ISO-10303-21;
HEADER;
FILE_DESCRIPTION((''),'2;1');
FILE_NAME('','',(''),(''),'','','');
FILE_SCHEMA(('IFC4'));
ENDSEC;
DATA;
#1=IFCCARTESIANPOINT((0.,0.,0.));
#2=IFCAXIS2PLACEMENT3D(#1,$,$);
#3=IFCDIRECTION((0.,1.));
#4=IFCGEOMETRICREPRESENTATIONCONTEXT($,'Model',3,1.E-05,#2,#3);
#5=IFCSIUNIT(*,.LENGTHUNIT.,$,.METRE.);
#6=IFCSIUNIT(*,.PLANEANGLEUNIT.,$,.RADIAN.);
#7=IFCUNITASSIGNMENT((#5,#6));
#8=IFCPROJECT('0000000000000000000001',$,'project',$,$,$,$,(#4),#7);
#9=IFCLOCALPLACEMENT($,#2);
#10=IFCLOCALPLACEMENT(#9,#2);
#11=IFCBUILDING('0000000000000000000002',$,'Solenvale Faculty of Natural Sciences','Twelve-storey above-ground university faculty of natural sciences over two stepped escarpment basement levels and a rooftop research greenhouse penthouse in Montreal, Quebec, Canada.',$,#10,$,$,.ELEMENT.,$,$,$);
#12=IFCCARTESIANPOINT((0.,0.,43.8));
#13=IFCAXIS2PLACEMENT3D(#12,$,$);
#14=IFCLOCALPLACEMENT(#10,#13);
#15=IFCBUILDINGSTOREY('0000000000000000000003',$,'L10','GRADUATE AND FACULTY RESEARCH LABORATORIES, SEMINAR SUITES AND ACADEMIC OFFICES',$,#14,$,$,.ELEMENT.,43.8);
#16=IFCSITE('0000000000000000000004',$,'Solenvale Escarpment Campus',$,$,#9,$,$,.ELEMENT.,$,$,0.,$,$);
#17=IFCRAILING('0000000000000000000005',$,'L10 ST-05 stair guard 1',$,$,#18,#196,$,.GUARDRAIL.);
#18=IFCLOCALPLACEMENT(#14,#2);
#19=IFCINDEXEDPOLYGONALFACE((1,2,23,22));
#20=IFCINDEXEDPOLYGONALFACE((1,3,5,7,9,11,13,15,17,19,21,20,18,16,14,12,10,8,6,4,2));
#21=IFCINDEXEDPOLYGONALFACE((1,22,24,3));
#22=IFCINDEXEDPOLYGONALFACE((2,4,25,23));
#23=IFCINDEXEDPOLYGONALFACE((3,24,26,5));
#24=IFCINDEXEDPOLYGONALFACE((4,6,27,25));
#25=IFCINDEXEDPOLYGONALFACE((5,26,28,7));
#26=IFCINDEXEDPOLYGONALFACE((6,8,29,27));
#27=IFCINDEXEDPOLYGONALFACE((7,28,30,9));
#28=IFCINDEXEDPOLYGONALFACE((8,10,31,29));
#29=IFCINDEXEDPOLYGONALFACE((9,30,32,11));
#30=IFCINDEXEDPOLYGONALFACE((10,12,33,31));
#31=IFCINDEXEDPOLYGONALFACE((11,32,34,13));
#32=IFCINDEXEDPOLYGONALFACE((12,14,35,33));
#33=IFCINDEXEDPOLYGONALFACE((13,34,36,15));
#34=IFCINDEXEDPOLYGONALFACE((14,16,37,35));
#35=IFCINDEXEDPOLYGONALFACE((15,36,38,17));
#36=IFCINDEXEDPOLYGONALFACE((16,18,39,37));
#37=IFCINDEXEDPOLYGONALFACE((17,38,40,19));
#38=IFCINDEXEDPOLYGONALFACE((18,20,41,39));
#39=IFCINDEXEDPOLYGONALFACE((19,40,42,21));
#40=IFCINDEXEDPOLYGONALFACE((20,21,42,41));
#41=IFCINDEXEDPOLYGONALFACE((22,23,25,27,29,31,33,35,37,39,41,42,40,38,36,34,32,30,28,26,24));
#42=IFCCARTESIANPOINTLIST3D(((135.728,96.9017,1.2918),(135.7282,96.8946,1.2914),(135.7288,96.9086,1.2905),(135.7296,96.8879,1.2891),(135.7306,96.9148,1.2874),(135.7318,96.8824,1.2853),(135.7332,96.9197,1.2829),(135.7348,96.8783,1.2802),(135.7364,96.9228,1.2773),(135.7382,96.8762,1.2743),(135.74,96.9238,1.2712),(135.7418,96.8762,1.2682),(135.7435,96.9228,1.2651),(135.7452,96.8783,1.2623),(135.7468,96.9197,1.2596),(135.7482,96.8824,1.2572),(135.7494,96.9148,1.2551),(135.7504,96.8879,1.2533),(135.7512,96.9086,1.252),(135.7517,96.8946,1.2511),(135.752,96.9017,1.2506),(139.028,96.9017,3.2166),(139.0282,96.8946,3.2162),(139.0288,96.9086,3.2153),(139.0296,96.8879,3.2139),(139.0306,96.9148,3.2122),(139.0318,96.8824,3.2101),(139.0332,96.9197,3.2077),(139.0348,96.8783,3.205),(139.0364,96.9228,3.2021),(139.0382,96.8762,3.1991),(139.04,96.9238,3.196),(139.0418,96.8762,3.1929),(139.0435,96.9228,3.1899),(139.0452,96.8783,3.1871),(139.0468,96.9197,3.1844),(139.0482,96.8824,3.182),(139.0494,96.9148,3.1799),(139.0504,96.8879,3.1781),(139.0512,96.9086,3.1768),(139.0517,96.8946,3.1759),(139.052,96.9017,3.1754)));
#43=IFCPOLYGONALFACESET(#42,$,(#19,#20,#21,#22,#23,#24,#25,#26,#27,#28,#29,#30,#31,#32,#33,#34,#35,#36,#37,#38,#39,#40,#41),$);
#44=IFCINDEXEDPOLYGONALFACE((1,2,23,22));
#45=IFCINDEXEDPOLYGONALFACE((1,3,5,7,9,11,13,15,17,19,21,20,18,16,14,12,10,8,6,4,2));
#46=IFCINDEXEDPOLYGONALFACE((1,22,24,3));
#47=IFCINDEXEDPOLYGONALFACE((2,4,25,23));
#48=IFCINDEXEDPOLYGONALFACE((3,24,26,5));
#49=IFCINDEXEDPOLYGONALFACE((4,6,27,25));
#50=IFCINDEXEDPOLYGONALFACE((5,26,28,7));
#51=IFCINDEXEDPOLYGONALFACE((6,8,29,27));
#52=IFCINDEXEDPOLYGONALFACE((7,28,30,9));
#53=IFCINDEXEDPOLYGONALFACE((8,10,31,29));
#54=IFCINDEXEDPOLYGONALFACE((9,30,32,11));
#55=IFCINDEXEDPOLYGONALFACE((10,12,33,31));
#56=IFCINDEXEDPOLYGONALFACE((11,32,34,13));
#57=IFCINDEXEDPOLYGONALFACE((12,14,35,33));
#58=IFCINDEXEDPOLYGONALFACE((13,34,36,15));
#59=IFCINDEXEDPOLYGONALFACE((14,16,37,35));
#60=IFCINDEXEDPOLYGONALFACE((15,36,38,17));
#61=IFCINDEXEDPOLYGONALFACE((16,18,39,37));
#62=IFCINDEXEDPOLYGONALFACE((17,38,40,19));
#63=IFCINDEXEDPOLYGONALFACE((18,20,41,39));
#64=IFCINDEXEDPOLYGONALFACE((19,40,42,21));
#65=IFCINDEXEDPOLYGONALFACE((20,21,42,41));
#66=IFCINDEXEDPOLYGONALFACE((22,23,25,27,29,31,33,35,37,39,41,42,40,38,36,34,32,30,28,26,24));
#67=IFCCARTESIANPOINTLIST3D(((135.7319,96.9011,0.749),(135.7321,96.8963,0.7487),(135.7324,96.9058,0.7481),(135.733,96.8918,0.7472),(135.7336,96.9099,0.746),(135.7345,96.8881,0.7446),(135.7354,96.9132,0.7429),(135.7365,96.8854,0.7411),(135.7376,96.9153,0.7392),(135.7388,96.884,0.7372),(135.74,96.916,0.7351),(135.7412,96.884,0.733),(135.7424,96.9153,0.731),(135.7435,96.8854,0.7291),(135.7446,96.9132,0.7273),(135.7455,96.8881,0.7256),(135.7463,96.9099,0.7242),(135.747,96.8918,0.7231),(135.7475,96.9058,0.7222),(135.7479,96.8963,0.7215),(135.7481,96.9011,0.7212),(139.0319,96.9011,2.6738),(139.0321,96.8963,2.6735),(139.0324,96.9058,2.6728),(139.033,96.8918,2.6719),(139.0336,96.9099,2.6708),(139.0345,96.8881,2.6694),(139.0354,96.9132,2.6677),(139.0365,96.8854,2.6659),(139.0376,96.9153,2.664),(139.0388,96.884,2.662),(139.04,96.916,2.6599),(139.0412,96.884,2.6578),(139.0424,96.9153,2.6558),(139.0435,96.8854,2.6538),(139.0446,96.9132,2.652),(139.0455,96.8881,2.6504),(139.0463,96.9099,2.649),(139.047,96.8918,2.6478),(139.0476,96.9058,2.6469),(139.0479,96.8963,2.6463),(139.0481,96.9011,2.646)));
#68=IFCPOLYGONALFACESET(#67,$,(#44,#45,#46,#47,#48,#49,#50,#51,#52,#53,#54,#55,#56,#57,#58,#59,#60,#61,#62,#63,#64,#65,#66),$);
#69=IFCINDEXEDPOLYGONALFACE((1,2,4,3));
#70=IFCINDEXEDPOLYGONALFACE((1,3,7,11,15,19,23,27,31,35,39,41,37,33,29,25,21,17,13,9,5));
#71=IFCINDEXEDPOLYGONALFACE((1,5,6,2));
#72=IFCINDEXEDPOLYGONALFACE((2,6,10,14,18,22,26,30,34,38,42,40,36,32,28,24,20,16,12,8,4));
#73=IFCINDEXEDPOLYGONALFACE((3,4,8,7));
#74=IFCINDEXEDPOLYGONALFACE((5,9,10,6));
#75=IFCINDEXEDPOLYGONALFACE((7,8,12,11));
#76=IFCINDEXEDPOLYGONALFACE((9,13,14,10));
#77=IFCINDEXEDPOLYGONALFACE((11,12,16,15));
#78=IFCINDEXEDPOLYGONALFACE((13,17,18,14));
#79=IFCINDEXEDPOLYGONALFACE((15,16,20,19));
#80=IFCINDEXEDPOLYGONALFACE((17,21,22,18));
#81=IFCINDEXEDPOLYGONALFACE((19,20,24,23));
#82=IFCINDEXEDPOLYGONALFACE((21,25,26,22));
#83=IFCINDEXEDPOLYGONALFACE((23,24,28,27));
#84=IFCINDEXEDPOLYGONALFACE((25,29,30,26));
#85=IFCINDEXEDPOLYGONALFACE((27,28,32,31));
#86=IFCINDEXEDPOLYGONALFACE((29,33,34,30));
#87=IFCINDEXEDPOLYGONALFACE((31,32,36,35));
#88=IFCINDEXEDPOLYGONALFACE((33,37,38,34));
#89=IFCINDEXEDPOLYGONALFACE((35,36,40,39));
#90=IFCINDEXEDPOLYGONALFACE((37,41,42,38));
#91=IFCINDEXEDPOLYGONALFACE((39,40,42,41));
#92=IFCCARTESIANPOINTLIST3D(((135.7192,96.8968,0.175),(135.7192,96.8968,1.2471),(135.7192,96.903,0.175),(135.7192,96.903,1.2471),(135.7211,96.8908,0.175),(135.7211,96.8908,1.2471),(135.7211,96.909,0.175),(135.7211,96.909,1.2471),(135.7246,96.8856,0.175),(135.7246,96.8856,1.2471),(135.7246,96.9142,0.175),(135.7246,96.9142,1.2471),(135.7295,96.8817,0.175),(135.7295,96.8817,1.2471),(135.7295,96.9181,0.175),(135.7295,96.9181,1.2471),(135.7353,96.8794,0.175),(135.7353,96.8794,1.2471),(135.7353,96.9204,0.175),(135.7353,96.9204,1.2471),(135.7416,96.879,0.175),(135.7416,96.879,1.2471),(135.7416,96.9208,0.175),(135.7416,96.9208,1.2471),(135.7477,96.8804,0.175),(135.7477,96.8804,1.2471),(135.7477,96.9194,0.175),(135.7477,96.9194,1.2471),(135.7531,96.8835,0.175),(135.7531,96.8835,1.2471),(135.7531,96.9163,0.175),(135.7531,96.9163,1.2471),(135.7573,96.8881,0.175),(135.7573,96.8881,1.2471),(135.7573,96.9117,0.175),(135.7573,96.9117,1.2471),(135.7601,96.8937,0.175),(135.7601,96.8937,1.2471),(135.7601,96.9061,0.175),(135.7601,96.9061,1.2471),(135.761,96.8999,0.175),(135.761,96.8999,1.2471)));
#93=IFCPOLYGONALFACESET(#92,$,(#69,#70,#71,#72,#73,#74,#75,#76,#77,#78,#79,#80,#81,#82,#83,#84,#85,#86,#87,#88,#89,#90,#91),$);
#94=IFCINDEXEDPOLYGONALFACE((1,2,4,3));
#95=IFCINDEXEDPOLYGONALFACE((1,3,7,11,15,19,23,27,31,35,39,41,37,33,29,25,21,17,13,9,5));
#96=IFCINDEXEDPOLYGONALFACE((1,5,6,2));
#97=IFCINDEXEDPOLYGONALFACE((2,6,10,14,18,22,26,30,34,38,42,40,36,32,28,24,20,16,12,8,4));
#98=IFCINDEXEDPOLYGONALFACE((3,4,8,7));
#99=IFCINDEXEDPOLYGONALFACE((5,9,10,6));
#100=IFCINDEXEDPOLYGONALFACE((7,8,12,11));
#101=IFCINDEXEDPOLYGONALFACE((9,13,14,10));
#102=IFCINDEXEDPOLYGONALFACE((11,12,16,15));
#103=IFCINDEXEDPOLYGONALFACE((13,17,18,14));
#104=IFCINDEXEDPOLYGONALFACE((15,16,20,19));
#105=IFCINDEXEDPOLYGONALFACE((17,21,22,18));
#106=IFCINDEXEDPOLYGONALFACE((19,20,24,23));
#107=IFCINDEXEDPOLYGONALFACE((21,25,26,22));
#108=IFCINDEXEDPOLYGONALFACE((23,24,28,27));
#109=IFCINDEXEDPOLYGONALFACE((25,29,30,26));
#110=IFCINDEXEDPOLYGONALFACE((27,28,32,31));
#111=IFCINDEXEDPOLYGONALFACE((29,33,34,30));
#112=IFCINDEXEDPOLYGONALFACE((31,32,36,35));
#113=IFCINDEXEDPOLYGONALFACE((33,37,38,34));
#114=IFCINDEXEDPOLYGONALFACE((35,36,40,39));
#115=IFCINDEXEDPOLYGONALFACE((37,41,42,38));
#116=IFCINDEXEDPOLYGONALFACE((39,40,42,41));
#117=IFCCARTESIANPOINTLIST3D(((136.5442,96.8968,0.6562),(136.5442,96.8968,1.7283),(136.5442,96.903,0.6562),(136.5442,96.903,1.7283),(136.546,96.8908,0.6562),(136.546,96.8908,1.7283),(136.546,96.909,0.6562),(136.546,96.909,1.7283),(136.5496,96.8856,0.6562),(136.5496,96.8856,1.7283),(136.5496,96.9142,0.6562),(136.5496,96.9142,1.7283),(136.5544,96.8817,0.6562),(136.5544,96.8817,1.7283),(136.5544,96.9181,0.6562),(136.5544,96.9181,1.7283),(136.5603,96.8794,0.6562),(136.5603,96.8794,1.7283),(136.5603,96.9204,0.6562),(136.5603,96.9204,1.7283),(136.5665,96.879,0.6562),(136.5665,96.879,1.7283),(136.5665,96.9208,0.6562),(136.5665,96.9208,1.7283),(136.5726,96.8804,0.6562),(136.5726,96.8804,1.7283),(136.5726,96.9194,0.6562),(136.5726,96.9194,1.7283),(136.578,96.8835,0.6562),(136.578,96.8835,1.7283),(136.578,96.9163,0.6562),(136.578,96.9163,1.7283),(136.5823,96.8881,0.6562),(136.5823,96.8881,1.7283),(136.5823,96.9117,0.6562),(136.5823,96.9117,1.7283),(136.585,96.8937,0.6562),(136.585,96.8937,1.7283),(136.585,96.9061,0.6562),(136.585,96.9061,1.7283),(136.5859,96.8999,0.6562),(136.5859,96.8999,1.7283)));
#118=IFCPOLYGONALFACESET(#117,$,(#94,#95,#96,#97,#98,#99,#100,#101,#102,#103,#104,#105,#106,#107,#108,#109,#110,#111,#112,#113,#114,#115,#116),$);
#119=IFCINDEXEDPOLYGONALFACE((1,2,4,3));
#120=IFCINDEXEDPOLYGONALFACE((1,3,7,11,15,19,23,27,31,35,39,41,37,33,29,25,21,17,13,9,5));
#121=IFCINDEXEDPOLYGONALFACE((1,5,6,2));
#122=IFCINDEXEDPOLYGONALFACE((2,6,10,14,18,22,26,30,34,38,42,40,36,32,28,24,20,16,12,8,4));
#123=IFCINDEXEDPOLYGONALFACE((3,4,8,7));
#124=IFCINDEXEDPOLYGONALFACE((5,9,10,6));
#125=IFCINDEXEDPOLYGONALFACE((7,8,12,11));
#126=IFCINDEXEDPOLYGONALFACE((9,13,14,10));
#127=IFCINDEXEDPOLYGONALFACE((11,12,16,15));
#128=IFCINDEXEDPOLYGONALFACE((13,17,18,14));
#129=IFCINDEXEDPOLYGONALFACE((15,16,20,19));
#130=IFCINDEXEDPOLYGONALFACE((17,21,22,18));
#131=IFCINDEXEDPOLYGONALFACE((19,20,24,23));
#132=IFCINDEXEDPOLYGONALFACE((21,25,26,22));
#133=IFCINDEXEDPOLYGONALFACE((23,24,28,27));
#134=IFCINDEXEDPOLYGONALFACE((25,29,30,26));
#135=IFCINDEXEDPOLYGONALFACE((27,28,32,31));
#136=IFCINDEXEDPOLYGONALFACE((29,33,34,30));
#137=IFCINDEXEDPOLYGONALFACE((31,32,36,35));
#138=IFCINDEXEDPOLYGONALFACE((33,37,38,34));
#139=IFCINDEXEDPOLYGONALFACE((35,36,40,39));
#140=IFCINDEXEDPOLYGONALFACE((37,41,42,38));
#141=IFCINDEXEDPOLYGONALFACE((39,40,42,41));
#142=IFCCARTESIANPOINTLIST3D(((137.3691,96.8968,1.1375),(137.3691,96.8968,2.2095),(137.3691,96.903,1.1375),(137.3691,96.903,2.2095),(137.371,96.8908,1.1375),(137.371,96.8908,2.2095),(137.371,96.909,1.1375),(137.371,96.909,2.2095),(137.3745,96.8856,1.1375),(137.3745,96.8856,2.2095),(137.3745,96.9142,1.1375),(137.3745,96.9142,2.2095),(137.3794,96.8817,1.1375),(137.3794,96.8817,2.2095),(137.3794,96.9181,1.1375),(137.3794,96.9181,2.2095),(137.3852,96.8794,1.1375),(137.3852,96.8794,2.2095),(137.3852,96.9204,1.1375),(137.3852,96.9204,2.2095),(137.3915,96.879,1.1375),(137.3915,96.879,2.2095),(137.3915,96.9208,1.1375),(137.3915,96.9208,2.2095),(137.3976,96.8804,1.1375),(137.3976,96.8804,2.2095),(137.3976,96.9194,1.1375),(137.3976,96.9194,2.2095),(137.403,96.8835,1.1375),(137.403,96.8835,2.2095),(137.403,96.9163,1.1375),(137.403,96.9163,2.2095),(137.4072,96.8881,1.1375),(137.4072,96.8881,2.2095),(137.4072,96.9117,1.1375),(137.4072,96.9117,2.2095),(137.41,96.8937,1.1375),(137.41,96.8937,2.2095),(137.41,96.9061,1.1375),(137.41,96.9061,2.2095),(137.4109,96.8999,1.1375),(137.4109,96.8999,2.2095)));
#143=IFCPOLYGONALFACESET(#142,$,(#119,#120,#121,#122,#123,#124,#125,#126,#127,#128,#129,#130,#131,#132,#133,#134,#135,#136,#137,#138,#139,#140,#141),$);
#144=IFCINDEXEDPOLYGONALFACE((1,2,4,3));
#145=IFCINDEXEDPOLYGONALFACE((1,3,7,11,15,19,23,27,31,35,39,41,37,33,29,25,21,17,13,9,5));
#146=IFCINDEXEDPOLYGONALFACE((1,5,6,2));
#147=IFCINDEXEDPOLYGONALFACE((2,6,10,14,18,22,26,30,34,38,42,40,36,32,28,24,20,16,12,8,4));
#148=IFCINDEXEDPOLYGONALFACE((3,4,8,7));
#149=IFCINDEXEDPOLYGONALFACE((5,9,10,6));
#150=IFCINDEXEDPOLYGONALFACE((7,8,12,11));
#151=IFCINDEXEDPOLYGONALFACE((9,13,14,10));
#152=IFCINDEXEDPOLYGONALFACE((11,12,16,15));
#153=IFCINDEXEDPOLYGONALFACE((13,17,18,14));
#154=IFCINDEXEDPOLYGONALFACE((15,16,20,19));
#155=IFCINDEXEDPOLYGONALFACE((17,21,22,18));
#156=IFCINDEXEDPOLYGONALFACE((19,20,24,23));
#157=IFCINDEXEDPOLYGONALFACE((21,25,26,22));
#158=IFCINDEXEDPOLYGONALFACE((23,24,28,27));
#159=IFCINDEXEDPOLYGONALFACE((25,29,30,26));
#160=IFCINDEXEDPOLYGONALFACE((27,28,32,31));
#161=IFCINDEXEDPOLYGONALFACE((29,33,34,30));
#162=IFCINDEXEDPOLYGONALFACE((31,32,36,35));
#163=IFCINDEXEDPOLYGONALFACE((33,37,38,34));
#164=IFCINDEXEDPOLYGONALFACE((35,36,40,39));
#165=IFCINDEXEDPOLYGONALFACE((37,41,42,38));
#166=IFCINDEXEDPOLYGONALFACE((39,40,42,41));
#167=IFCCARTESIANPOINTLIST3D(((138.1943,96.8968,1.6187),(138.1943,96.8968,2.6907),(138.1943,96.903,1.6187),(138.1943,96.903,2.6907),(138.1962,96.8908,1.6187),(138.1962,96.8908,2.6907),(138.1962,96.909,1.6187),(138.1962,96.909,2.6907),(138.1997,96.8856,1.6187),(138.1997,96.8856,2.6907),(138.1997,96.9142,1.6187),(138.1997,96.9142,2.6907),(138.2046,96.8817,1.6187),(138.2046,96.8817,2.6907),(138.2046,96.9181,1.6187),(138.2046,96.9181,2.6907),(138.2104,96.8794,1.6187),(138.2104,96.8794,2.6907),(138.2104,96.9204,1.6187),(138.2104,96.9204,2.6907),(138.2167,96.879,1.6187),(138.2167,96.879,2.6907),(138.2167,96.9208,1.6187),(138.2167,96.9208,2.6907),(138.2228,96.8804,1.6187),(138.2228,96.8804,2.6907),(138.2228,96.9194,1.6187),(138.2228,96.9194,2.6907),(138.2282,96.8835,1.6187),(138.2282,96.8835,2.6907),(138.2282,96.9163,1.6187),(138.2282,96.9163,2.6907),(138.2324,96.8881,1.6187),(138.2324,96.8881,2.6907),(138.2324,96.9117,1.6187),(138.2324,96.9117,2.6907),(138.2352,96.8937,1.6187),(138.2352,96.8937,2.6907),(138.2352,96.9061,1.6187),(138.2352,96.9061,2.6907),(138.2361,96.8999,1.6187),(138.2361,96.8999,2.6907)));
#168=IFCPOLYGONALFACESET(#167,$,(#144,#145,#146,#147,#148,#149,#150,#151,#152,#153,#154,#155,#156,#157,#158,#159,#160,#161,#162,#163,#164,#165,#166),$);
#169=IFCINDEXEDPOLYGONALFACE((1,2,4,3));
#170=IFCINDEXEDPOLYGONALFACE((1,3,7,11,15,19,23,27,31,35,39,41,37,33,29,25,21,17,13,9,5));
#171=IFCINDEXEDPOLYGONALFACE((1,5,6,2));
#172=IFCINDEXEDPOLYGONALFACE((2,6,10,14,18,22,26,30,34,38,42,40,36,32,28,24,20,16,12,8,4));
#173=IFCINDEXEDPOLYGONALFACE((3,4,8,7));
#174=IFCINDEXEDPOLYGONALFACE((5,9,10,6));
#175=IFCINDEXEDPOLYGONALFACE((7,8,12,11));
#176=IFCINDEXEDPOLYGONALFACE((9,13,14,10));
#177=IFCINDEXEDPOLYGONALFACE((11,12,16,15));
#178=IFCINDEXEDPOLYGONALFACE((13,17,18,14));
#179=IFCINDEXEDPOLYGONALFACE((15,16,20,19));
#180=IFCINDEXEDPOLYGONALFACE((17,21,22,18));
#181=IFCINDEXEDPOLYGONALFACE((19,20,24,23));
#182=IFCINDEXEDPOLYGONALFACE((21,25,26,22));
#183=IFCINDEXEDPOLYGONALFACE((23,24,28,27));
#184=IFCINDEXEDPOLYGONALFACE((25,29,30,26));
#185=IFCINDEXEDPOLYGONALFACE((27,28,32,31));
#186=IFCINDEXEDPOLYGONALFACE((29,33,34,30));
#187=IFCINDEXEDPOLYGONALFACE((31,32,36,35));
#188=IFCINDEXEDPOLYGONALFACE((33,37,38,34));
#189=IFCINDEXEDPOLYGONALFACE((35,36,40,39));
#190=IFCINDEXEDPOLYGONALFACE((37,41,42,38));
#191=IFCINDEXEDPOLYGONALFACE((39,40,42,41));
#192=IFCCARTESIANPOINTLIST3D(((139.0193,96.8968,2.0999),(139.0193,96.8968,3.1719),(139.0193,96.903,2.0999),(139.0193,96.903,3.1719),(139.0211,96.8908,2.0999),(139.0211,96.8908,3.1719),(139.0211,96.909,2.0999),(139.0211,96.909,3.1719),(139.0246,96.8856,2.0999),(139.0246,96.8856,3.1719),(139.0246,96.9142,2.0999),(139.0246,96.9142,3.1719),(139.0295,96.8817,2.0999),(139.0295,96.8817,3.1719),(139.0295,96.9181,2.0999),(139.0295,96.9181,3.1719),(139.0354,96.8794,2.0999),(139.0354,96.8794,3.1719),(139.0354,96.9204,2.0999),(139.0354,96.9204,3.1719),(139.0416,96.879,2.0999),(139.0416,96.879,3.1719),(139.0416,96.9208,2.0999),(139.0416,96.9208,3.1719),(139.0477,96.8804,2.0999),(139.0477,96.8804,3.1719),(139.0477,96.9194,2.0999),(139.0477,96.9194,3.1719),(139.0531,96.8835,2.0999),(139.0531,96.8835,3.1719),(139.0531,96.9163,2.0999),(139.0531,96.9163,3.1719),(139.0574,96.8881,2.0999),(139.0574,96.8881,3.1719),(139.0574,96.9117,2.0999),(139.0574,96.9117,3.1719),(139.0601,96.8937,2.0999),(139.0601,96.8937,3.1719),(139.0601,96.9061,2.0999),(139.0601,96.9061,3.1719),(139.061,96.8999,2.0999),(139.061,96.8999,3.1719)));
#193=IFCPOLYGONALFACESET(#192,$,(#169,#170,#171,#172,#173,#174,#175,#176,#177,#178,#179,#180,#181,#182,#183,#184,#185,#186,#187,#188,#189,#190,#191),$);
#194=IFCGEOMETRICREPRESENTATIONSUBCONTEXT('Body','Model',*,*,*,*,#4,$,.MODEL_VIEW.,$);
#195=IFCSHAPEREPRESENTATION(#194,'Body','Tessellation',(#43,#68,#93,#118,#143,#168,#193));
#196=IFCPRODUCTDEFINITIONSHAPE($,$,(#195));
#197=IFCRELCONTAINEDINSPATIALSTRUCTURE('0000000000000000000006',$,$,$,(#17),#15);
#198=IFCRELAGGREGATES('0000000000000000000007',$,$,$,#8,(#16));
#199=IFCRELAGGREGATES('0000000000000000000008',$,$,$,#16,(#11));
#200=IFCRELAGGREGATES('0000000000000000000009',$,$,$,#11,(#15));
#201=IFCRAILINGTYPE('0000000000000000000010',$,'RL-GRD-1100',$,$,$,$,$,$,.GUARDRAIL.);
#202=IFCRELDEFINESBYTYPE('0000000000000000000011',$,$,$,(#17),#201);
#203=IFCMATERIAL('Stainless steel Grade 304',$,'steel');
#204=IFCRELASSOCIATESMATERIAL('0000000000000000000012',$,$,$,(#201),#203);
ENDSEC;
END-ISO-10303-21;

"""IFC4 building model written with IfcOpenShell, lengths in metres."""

from ifc_helpers import new_model, si_unit, direction, frame, origin, origin_2d, place, context, subcontext, project, spatial, circle, extrude, material, type_object, element, save


model = new_model("IFC4")

# Units and contexts
model_context = context("Model", 3, precision=1e-05, world=origin(), true_north=direction((0.0, 1.0)))
body_context = subcontext(model_context, "Body", "Model", "MODEL_VIEW")
ifc_project = project(units=[si_unit("LENGTHUNIT", "METRE"), si_unit("PLANEANGLEUNIT", "RADIAN")], contexts=[model_context])

# Site, building, storey
site_placement = place(None, origin())
site = spatial("IfcSite", under=ifc_project, at=site_placement, Name="Solenvale Escarpment Campus", CompositionType="ELEMENT", RefElevation=0.0)
building_placement = place(site_placement, origin())
building = spatial("IfcBuilding", under=site, at=building_placement, Name="Solenvale Faculty of Natural Sciences", Description="Twelve-storey above-ground university faculty of natural sciences over two stepped escarpment basement levels and a rooftop research greenhouse penthouse in Montreal, Quebec, Canada.", CompositionType="ELEMENT")
storey_placement = place(building_placement, frame((0.0, 0.0, 43.8)))
storey = spatial("IfcBuildingStorey", under=building, at=storey_placement, Name="L10", Description="GRADUATE AND FACULTY RESEARCH LABORATORIES, SEMINAR SUITES AND ACADEMIC OFFICES", CompositionType="ELEMENT", Elevation=43.8)

# Railing
ifc_material_1 = material(Name="Stainless steel Grade 304", Category="steel")
railing_type_1 = type_object("IfcRailingType", Name="RL-GRD-1100", PredefinedType="GUARDRAIL", material=ifc_material_1)
railing_1_placement = place(storey_placement, frame((135.74, 96.8999, 0.175)))
element("IfcRailing", 1, at=railing_1_placement, inside=storey, type_object=railing_type_1, Name="L10 ST-05 stair guard 1", PredefinedType="GUARDRAIL", context=body_context, shape_type="SweptSolid", body=[
    extrude(circle(Radius=0.0239, at=origin_2d()), frame((0.0, 0.0, 1.0962), z_axis=(0.863804, 0.0, 0.503827), x_axis=(0.0, 1.0, 0.0)), (0.0, 0.0, 1.0), 3.8203),
    extrude(circle(Radius=0.0161, at=origin_2d()), frame((0.0, 0.0, 0.5601), z_axis=(0.863804, 0.0, 0.503827), x_axis=(0.0, 1.0, 0.0)), (0.0, 0.0, 1.0), 3.8203),
    extrude(circle(Radius=0.021, at=origin_2d()), origin(), (0.0, 0.0, 1.0), 1.072),
    extrude(circle(Radius=0.021, at=origin_2d()), frame((0.825, 0.0, 0.4812)), (0.0, 0.0, 1.0), 1.072),
    extrude(circle(Radius=0.021, at=origin_2d()), frame((1.6499, 0.0, 0.9624)), (0.0, 0.0, 1.0), 1.072),
    extrude(circle(Radius=0.021, at=origin_2d()), frame((2.4751, 0.0, 1.4436)), (0.0, 0.0, 1.0), 1.072),
    extrude(circle(Radius=0.021, at=origin_2d()), frame((3.3, 0.0, 1.9248)), (0.0, 0.0, 1.0), 1.072),
])

save(model, "model.ifc")
